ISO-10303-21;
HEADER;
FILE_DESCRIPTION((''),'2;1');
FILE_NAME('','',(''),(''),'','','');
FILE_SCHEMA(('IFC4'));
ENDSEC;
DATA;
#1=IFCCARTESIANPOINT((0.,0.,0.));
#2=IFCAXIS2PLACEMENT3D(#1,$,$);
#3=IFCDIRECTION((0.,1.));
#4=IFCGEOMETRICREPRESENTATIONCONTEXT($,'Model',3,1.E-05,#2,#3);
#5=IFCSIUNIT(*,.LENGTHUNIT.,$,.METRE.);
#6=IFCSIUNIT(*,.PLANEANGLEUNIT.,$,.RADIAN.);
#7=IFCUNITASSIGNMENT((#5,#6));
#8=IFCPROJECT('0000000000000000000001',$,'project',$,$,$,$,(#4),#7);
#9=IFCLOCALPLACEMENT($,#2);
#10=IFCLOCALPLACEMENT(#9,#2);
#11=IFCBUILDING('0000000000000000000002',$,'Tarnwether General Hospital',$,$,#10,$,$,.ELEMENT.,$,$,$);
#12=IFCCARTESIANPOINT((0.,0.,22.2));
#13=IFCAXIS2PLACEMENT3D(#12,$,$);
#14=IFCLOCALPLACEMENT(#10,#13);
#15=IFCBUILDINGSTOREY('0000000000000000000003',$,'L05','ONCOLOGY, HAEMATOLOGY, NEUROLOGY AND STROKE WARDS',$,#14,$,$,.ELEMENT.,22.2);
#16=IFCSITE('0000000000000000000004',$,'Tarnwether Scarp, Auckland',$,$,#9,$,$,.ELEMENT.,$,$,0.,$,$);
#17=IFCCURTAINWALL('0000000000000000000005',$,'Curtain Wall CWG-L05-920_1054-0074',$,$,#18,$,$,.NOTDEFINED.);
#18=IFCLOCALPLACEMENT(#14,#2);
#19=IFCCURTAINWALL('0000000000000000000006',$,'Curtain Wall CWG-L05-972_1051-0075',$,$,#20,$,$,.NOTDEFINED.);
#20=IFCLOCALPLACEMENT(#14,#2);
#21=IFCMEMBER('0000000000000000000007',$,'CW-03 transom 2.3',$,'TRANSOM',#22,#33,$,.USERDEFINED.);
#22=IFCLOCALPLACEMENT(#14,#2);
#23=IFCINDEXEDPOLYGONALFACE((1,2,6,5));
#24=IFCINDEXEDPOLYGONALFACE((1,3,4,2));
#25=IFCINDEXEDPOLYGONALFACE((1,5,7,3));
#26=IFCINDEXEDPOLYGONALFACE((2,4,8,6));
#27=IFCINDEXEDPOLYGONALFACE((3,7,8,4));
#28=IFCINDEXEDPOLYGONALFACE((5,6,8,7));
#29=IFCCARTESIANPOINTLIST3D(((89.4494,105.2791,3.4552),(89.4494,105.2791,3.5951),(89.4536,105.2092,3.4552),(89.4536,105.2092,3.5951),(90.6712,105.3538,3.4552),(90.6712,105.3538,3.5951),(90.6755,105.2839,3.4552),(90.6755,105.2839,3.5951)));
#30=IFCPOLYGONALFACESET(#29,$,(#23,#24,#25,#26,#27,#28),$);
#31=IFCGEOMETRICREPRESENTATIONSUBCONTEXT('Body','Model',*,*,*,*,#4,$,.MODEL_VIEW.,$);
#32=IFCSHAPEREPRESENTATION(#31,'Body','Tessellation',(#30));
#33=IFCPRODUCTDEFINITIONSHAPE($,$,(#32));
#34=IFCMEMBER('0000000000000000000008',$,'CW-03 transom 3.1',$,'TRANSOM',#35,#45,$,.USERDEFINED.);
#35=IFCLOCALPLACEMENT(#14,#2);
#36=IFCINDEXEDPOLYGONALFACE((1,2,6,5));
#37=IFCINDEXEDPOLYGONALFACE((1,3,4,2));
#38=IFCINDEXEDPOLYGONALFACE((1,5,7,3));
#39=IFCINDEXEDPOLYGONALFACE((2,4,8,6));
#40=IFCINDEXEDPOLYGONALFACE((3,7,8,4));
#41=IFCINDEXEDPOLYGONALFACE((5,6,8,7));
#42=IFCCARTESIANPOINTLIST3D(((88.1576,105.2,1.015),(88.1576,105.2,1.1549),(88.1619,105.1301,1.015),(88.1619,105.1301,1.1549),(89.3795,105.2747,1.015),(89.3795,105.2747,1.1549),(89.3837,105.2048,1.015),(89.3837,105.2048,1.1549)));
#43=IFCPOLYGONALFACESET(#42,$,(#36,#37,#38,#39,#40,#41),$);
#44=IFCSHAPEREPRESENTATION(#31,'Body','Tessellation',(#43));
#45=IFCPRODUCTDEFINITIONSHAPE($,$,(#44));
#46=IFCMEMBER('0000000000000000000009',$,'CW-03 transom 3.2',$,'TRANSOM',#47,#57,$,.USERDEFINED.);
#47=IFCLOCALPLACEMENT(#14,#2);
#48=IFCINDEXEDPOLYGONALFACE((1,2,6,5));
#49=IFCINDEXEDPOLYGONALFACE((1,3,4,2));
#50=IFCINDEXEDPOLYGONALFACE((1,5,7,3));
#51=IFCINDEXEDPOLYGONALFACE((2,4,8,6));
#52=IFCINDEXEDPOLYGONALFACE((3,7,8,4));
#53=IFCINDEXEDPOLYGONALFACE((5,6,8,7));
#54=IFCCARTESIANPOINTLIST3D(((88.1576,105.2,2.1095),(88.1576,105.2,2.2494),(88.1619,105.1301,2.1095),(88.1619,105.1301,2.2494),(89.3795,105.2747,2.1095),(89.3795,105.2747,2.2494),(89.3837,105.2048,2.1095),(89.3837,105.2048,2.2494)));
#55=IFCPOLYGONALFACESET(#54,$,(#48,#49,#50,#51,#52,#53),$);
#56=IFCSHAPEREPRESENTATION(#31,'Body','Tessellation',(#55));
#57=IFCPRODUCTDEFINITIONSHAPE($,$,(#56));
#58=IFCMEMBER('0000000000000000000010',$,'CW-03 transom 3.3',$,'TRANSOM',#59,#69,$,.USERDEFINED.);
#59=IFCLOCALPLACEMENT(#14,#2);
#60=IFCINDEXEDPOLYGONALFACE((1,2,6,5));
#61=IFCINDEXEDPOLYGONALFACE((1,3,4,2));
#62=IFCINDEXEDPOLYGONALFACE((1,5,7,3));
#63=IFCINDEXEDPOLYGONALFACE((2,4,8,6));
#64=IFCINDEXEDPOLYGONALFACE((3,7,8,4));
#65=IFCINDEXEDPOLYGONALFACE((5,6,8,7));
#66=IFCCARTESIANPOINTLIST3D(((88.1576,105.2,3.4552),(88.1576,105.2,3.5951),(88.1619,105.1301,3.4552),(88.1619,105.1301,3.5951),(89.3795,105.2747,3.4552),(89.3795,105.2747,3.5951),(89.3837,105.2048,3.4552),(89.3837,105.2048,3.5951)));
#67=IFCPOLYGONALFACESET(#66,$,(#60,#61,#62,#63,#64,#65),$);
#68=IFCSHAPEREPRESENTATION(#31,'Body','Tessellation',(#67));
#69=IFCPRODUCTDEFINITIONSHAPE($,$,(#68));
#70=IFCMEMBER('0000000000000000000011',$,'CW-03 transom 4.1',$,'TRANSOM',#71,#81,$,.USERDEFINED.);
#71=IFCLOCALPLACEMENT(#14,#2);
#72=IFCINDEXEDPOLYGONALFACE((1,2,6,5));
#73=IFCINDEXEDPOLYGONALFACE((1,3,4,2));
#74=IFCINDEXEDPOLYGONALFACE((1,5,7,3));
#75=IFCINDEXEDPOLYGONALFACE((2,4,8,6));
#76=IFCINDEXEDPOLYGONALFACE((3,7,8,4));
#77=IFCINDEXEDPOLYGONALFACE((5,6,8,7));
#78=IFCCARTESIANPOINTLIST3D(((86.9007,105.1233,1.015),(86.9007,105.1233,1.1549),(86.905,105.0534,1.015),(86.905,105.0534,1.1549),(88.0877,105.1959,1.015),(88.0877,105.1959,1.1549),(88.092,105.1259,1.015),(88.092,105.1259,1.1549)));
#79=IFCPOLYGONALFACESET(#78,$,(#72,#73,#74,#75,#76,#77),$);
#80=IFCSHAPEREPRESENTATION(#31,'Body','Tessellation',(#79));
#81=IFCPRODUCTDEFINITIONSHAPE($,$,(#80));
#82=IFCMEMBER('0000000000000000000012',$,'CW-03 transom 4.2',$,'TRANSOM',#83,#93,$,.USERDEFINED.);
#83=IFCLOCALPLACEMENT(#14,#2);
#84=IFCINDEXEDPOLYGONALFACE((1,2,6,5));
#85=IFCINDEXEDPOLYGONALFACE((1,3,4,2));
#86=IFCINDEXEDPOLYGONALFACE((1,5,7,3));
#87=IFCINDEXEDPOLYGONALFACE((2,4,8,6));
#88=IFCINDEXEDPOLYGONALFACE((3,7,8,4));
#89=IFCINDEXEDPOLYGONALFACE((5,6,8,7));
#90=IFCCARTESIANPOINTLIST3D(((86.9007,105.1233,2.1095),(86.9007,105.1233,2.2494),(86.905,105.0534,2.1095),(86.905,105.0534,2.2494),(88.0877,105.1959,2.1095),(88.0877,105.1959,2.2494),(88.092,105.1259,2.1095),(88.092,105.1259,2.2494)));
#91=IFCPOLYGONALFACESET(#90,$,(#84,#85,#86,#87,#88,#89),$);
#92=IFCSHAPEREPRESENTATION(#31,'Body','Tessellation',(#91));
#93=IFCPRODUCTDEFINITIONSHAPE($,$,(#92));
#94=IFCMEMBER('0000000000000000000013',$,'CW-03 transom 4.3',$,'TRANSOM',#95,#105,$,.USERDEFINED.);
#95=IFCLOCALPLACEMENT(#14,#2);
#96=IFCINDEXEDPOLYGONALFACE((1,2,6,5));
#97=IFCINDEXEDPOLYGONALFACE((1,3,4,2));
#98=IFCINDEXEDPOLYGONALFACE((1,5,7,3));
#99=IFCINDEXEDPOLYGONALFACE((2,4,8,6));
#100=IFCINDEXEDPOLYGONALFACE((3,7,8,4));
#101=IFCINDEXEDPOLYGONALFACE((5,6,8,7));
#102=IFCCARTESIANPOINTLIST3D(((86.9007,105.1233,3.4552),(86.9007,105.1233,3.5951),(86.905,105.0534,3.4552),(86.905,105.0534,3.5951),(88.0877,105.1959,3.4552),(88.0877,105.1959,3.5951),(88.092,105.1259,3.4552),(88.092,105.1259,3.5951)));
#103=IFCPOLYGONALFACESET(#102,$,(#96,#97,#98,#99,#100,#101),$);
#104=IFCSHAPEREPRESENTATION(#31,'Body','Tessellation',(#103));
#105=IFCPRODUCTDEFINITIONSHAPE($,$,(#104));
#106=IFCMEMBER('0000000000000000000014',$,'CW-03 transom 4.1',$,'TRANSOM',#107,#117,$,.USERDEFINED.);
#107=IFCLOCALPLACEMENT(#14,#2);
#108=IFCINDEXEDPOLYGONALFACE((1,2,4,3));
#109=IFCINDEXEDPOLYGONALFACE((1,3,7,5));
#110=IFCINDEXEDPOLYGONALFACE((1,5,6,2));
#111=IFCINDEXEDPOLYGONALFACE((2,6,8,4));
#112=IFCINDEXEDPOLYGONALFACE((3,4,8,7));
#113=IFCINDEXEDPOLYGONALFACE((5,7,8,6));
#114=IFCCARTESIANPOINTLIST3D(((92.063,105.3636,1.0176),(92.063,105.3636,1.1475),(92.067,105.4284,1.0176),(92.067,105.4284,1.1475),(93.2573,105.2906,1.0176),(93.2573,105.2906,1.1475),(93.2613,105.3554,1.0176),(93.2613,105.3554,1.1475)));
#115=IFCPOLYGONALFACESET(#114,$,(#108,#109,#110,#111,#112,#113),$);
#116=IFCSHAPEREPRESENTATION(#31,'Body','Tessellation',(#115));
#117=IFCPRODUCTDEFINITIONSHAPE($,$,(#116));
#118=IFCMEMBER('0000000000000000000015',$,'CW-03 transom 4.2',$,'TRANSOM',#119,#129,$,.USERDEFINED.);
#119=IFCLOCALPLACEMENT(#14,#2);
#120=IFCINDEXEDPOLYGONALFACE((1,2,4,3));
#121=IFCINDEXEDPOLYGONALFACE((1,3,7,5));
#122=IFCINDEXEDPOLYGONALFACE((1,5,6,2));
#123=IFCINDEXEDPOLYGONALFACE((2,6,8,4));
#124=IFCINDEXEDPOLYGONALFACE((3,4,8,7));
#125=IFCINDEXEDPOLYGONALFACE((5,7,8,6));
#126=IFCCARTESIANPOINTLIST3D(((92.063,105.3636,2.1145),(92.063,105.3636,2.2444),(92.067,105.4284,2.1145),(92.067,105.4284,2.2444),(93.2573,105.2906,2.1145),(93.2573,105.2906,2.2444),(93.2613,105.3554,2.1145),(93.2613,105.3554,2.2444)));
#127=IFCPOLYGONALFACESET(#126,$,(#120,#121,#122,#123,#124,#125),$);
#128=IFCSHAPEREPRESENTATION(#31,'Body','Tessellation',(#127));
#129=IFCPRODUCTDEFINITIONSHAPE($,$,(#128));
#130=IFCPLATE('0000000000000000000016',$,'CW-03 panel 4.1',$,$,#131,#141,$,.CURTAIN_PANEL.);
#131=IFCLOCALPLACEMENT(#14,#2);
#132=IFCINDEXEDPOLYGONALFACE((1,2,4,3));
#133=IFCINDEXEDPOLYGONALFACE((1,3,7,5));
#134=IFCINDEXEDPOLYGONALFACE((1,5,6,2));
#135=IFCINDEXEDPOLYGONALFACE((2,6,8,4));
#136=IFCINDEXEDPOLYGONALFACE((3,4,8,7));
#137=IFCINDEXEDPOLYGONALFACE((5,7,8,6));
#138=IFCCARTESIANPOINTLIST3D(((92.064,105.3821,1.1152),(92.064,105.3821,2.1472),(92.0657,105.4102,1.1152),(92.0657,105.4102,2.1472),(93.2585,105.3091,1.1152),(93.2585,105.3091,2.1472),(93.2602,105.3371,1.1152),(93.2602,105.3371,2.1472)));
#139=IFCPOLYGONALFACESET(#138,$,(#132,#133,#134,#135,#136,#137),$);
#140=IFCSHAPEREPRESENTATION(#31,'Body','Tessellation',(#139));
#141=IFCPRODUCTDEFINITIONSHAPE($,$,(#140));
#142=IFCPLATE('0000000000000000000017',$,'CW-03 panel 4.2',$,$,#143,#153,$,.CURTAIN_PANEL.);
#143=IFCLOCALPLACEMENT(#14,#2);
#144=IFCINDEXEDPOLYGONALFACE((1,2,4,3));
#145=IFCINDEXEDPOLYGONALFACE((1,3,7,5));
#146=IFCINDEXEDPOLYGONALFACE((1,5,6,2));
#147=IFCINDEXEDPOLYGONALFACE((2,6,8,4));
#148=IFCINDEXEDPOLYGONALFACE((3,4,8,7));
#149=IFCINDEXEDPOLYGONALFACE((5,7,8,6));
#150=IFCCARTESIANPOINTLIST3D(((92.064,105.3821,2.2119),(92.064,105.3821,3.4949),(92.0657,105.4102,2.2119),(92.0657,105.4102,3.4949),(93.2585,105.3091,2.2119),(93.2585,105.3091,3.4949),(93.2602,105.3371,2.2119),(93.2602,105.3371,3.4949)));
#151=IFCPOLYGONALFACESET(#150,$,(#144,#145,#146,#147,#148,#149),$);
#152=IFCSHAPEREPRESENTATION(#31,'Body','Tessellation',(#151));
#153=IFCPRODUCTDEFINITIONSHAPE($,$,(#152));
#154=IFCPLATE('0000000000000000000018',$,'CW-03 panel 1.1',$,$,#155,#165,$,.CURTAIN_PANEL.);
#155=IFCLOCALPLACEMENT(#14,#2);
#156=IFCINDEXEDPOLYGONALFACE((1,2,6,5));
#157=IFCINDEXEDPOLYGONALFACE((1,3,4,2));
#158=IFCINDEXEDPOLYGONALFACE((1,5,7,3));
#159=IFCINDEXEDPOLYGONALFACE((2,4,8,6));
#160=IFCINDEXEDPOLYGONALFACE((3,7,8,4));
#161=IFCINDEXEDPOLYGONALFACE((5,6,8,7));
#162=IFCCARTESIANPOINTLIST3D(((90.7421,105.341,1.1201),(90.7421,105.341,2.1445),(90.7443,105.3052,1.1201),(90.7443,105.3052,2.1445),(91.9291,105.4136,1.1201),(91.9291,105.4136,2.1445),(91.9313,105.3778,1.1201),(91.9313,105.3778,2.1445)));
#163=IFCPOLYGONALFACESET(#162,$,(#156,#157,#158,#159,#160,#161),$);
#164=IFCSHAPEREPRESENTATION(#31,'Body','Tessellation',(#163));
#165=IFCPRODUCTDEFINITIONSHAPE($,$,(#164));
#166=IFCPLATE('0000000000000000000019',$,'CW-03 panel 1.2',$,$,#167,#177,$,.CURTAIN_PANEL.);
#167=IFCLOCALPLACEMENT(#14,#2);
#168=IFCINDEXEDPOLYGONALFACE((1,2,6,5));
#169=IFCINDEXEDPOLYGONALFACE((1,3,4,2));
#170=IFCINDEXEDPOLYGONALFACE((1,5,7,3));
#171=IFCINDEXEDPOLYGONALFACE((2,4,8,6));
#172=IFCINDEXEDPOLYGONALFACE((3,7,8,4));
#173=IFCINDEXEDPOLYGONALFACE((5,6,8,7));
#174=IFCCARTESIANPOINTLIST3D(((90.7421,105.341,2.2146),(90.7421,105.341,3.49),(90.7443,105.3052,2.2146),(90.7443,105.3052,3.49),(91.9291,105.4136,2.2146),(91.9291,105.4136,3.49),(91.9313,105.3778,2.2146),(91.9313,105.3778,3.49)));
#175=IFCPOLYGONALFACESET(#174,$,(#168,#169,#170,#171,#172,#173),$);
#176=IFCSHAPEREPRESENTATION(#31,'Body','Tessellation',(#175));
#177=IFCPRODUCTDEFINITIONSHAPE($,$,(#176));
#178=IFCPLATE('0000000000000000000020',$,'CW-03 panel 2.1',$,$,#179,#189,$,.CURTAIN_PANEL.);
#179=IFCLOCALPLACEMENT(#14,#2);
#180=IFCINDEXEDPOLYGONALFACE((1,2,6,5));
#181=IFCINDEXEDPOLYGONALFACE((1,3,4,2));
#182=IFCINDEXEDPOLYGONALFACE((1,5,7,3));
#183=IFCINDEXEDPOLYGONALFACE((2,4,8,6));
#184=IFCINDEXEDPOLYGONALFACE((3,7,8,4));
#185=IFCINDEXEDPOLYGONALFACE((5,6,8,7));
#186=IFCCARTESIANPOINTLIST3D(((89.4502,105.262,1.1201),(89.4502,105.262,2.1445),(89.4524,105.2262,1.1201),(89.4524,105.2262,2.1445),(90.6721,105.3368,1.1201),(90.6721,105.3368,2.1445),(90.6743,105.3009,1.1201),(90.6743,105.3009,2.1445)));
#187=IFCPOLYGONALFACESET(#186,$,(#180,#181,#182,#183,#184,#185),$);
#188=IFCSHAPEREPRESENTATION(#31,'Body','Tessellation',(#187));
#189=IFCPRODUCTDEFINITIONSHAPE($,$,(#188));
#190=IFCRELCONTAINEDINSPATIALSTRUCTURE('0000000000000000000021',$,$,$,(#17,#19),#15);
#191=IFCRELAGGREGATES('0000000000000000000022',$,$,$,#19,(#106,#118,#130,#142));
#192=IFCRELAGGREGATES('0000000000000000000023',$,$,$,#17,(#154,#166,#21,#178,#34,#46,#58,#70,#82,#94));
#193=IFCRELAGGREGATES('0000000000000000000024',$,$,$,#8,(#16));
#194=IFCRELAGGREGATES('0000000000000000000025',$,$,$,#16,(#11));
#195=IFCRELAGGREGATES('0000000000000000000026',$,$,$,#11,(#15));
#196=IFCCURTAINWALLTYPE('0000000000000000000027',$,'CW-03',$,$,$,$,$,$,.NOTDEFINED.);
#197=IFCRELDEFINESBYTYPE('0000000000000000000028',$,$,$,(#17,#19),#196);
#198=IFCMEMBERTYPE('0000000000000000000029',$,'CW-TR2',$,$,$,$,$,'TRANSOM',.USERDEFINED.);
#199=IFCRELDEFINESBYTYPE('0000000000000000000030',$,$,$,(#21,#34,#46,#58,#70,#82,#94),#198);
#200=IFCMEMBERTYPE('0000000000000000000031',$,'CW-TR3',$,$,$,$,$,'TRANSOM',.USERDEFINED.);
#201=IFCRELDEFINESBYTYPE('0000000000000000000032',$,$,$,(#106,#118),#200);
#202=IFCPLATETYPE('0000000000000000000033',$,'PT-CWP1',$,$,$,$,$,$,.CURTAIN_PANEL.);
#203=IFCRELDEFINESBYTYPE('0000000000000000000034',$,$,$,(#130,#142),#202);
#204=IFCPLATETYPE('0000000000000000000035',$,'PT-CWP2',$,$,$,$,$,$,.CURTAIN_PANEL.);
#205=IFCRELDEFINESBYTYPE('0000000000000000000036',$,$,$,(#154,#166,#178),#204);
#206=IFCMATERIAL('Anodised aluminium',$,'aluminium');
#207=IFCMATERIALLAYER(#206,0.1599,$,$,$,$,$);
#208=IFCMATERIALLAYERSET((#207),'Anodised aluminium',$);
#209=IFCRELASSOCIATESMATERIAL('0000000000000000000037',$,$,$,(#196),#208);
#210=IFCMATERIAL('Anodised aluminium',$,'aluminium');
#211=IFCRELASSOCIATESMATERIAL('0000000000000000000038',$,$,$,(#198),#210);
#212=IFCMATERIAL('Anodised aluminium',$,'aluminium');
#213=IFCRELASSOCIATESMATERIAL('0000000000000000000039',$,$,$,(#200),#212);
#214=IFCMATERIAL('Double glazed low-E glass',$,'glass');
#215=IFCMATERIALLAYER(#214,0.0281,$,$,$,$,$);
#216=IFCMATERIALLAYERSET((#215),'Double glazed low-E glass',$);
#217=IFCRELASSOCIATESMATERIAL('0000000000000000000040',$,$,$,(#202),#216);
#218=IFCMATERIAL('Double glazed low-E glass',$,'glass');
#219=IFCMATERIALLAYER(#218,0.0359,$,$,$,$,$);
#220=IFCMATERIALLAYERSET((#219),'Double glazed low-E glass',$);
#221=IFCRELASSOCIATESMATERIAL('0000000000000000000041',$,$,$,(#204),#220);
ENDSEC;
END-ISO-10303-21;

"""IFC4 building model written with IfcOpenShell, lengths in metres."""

from ifc_helpers import new_model, si_unit, direction, frame, origin, origin_2d, place, context, subcontext, project, spatial, rectangle, extrude, material, layer, layer_set, material_profile, profile_set, type_object, element, aggregate, save


model = new_model("IFC4")

# Units and contexts
model_context = context("Model", 3, precision=1e-05, world=origin(), true_north=direction((0.0, 1.0)))
body_context = subcontext(model_context, "Body", "Model", "MODEL_VIEW")
ifc_project = project(units=[si_unit("LENGTHUNIT", "METRE"), si_unit("PLANEANGLEUNIT", "RADIAN")], contexts=[model_context])

# Site, building, storey
site_placement = place(None, origin())
site = spatial("IfcSite", under=ifc_project, at=site_placement, Name="Tarnwether Scarp, Auckland", CompositionType="ELEMENT", RefElevation=0.0)
building_placement = place(site_placement, origin())
building = spatial("IfcBuilding", under=site, at=building_placement, Name="Tarnwether General Hospital", CompositionType="ELEMENT")
storey_placement = place(building_placement, frame((0.0, 0.0, 22.2)))
storey = spatial("IfcBuildingStorey", under=building, at=storey_placement, Name="L05", Description="ONCOLOGY, HAEMATOLOGY, NEUROLOGY AND STROKE WARDS", CompositionType="ELEMENT", Elevation=22.2)

# Curtain wall
ifc_material_1 = material(Name="Anodised aluminium", Category="aluminium")
ifc_layer_1 = layer(ifc_material_1, 0.1599)
ifc_layer_set_1 = layer_set([ifc_layer_1], Name="Anodised aluminium")
curtain_wall_type = type_object("IfcCurtainWallType", Name="CW-03", PredefinedType="NOTDEFINED", material=ifc_layer_set_1)
curtain_wall_1_placement = place(storey_placement, origin())
curtain_wall_1 = element("IfcCurtainWall", 1, at=curtain_wall_1_placement, inside=storey, type_object=curtain_wall_type, Name="Curtain Wall CWG-L05-920_1054-0074", PredefinedType="NOTDEFINED")

# Curtain wall
curtain_wall_2_placement = place(storey_placement, origin())
curtain_wall_2 = element("IfcCurtainWall", 2, at=curtain_wall_2_placement, inside=storey, type_object=curtain_wall_type, Name="Curtain Wall CWG-L05-972_1051-0075", PredefinedType="NOTDEFINED")

# Members
ifc_material_2 = material(Name="Anodised aluminium", Category="aluminium")
ifc_material_profile_1 = material_profile(ifc_material_2, rectangle(XDim=0.0701, YDim=0.1399, at=origin_2d()), Name="ALU-TRN-70x140")
ifc_profile_set_1 = profile_set([ifc_material_profile_1], Name="Anodised aluminium")
member_type_1 = type_object("IfcMemberType", Name="CW-TR2", ElementType="TRANSOM", PredefinedType="USERDEFINED", material=ifc_profile_set_1)
member_1_placement = place(storey_placement, frame((90.6733, 105.3188, 3.5251), z_axis=(-0.998136, -0.061025, 0.0), x_axis=(0.061025, -0.998136, 0.0)))
member_1 = element("IfcMember", 3, at=member_1_placement, type_object=member_type_1, Name="CW-03 transom 2.3", ObjectType="TRANSOM", PredefinedType="USERDEFINED", context=body_context, shape_type="SweptSolid", body=[
    extrude(rectangle(XDim=0.0701, YDim=0.1399, at=origin_2d()), origin(), (0.0, 0.0, 1.0), 1.2241),
])
member_2_placement = place(storey_placement, frame((89.3816, 105.2397, 1.085), z_axis=(-0.998136, -0.061025, 0.0), x_axis=(0.061025, -0.998136, 0.0)))
member_2 = element("IfcMember", 4, at=member_2_placement, type_object=member_type_1, Name="CW-03 transom 3.1", ObjectType="TRANSOM", PredefinedType="USERDEFINED", context=body_context, shape_type="SweptSolid", body=[
    extrude(rectangle(XDim=0.0701, YDim=0.1399, at=origin_2d()), origin(), (0.0, 0.0, 1.0), 1.2241),
])
member_3_placement = place(storey_placement, frame((89.3816, 105.2397, 2.1794), z_axis=(-0.998136, -0.061025, 0.0), x_axis=(0.061025, -0.998136, 0.0)))
member_3 = element("IfcMember", 5, at=member_3_placement, type_object=member_type_1, Name="CW-03 transom 3.2", ObjectType="TRANSOM", PredefinedType="USERDEFINED", context=body_context, shape_type="SweptSolid", body=[
    extrude(rectangle(XDim=0.0701, YDim=0.1399, at=origin_2d()), origin(), (0.0, 0.0, 1.0), 1.2241),
])
member_4_placement = place(storey_placement, frame((89.3816, 105.2397, 3.5251), z_axis=(-0.998136, -0.061025, 0.0), x_axis=(0.061025, -0.998136, 0.0)))
member_4 = element("IfcMember", 6, at=member_4_placement, type_object=member_type_1, Name="CW-03 transom 3.3", ObjectType="TRANSOM", PredefinedType="USERDEFINED", context=body_context, shape_type="SweptSolid", body=[
    extrude(rectangle(XDim=0.0701, YDim=0.1399, at=origin_2d()), origin(), (0.0, 0.0, 1.0), 1.2241),
])
member_5_placement = place(storey_placement, frame((88.0898, 105.1609, 1.085), z_axis=(-0.998139, -0.060972, 0.0), x_axis=(0.060972, -0.998139, 0.0)))
member_5 = element("IfcMember", 7, at=member_5_placement, type_object=member_type_1, Name="CW-03 transom 4.1", ObjectType="TRANSOM", PredefinedType="USERDEFINED", context=body_context, shape_type="SweptSolid", body=[
    extrude(rectangle(XDim=0.0701, YDim=0.1399, at=origin_2d()), origin(), (0.0, 0.0, 1.0), 1.1892),
])
member_6_placement = place(storey_placement, frame((88.0898, 105.1609, 2.1794), z_axis=(-0.998139, -0.060972, 0.0), x_axis=(0.060972, -0.998139, 0.0)))
member_6 = element("IfcMember", 8, at=member_6_placement, type_object=member_type_1, Name="CW-03 transom 4.2", ObjectType="TRANSOM", PredefinedType="USERDEFINED", context=body_context, shape_type="SweptSolid", body=[
    extrude(rectangle(XDim=0.0701, YDim=0.1399, at=origin_2d()), origin(), (0.0, 0.0, 1.0), 1.1892),
])
member_7_placement = place(storey_placement, frame((88.0898, 105.1609, 3.5251), z_axis=(-0.998139, -0.060972, 0.0), x_axis=(0.060972, -0.998139, 0.0)))
member_7 = element("IfcMember", 9, at=member_7_placement, type_object=member_type_1, Name="CW-03 transom 4.3", ObjectType="TRANSOM", PredefinedType="USERDEFINED", context=body_context, shape_type="SweptSolid", body=[
    extrude(rectangle(XDim=0.0701, YDim=0.1399, at=origin_2d()), origin(), (0.0, 0.0, 1.0), 1.1892),
])
ifc_material_3 = material(Name="Anodised aluminium", Category="aluminium")
ifc_material_profile_2 = material_profile(ifc_material_3, rectangle(XDim=0.0649, YDim=0.1299, at=origin_2d()), Name="ALU-TRN-65x130")
ifc_profile_set_2 = profile_set([ifc_material_profile_2], Name="Anodised aluminium")
member_type_2 = type_object("IfcMemberType", Name="CW-TR3", ElementType="TRANSOM", PredefinedType="USERDEFINED", material=ifc_profile_set_2)
member_8_placement = place(storey_placement, frame((93.2593, 105.323, 1.0825), z_axis=(-0.998137, 0.061006, 0.0), x_axis=(-0.061006, -0.998137, 0.0)))
member_8 = element("IfcMember", 10, at=member_8_placement, type_object=member_type_2, Name="CW-03 transom 4.1", ObjectType="TRANSOM", PredefinedType="USERDEFINED", context=body_context, shape_type="SweptSolid", body=[
    extrude(rectangle(XDim=0.0649, YDim=0.1299, at=origin_2d()), origin(), (0.0, 0.0, 1.0), 1.1965),
])
member_9_placement = place(storey_placement, frame((93.2593, 105.323, 2.1794), z_axis=(-0.998137, 0.061006, 0.0), x_axis=(-0.061006, -0.998137, 0.0)))
member_9 = element("IfcMember", 11, at=member_9_placement, type_object=member_type_2, Name="CW-03 transom 4.2", ObjectType="TRANSOM", PredefinedType="USERDEFINED", context=body_context, shape_type="SweptSolid", body=[
    extrude(rectangle(XDim=0.0649, YDim=0.1299, at=origin_2d()), origin(), (0.0, 0.0, 1.0), 1.1965),
])

# Plates
ifc_material_4 = material(Name="Double glazed low-E glass", Category="glass")
ifc_layer_2 = layer(ifc_material_4, 0.0281)
ifc_layer_set_2 = layer_set([ifc_layer_2], Name="Double glazed low-E glass")
plate_type_1 = type_object("IfcPlateType", Name="PT-CWP1", PredefinedType="CURTAIN_PANEL", material=ifc_layer_set_2)
plate_1_placement = place(storey_placement, frame((92.6621, 105.3596, 1.1152), z_axis=(0.0, 0.0, 1.0), x_axis=(-0.998135, 0.061043, 0.0)))
plate_1 = element("IfcPlate", 12, at=plate_1_placement, type_object=plate_type_1, Name="CW-03 panel 4.1", PredefinedType="CURTAIN_PANEL", context=body_context, shape_type="SweptSolid", body=[
    extrude(rectangle(XDim=1.1968, YDim=0.0281, at=origin_2d()), origin(), (0.0, 0.0, 1.0), 1.032),
])
plate_2_placement = place(storey_placement, frame((92.6621, 105.3596, 2.2119), z_axis=(0.0, 0.0, 1.0), x_axis=(-0.998135, 0.061043, 0.0)))
plate_2 = element("IfcPlate", 13, at=plate_2_placement, type_object=plate_type_1, Name="CW-03 panel 4.2", PredefinedType="CURTAIN_PANEL", context=body_context, shape_type="SweptSolid", body=[
    extrude(rectangle(XDim=1.1968, YDim=0.0281, at=origin_2d()), origin(), (0.0, 0.0, 1.0), 1.283),
])
aggregate(curtain_wall_2, [member_8, member_9, plate_1, plate_2])
ifc_material_5 = material(Name="Double glazed low-E glass", Category="glass")
ifc_layer_3 = layer(ifc_material_5, 0.0359)
ifc_layer_set_3 = layer_set([ifc_layer_3], Name="Double glazed low-E glass")
plate_type_2 = type_object("IfcPlateType", Name="PT-CWP2", PredefinedType="CURTAIN_PANEL", material=ifc_layer_set_3)
plate_3_placement = place(storey_placement, frame((91.3367, 105.3594, 1.1201), z_axis=(0.0, 0.0, 1.0), x_axis=(-0.998135, -0.061043, 0.0)))
plate_3 = element("IfcPlate", 14, at=plate_3_placement, type_object=plate_type_2, Name="CW-03 panel 1.1", PredefinedType="CURTAIN_PANEL", context=body_context, shape_type="SweptSolid", body=[
    extrude(rectangle(XDim=1.1892, YDim=0.0359, at=origin_2d()), origin(), (0.0, 0.0, 1.0), 1.0244),
])
plate_4_placement = place(storey_placement, frame((91.3367, 105.3594, 2.2146), z_axis=(0.0, 0.0, 1.0), x_axis=(-0.998135, -0.061043, 0.0)))
plate_4 = element("IfcPlate", 15, at=plate_4_placement, type_object=plate_type_2, Name="CW-03 panel 1.2", PredefinedType="CURTAIN_PANEL", context=body_context, shape_type="SweptSolid", body=[
    extrude(rectangle(XDim=1.1892, YDim=0.0359, at=origin_2d()), origin(), (0.0, 0.0, 1.0), 1.2754),
])
plate_5_placement = place(storey_placement, frame((90.0623, 105.2815, 1.1201), z_axis=(0.0, 0.0, 1.0), x_axis=(-0.998135, -0.061043, 0.0)))
plate_5 = element("IfcPlate", 16, at=plate_5_placement, type_object=plate_type_2, Name="CW-03 panel 2.1", PredefinedType="CURTAIN_PANEL", context=body_context, shape_type="SweptSolid", body=[
    extrude(rectangle(XDim=1.2241, YDim=0.0359, at=origin_2d()), origin(), (0.0, 0.0, 1.0), 1.0244),
])
aggregate(curtain_wall_1, [plate_3, plate_4, member_1, plate_5, member_2, member_3, member_4, member_5, member_6, member_7])

save(model, "model.ifc")
